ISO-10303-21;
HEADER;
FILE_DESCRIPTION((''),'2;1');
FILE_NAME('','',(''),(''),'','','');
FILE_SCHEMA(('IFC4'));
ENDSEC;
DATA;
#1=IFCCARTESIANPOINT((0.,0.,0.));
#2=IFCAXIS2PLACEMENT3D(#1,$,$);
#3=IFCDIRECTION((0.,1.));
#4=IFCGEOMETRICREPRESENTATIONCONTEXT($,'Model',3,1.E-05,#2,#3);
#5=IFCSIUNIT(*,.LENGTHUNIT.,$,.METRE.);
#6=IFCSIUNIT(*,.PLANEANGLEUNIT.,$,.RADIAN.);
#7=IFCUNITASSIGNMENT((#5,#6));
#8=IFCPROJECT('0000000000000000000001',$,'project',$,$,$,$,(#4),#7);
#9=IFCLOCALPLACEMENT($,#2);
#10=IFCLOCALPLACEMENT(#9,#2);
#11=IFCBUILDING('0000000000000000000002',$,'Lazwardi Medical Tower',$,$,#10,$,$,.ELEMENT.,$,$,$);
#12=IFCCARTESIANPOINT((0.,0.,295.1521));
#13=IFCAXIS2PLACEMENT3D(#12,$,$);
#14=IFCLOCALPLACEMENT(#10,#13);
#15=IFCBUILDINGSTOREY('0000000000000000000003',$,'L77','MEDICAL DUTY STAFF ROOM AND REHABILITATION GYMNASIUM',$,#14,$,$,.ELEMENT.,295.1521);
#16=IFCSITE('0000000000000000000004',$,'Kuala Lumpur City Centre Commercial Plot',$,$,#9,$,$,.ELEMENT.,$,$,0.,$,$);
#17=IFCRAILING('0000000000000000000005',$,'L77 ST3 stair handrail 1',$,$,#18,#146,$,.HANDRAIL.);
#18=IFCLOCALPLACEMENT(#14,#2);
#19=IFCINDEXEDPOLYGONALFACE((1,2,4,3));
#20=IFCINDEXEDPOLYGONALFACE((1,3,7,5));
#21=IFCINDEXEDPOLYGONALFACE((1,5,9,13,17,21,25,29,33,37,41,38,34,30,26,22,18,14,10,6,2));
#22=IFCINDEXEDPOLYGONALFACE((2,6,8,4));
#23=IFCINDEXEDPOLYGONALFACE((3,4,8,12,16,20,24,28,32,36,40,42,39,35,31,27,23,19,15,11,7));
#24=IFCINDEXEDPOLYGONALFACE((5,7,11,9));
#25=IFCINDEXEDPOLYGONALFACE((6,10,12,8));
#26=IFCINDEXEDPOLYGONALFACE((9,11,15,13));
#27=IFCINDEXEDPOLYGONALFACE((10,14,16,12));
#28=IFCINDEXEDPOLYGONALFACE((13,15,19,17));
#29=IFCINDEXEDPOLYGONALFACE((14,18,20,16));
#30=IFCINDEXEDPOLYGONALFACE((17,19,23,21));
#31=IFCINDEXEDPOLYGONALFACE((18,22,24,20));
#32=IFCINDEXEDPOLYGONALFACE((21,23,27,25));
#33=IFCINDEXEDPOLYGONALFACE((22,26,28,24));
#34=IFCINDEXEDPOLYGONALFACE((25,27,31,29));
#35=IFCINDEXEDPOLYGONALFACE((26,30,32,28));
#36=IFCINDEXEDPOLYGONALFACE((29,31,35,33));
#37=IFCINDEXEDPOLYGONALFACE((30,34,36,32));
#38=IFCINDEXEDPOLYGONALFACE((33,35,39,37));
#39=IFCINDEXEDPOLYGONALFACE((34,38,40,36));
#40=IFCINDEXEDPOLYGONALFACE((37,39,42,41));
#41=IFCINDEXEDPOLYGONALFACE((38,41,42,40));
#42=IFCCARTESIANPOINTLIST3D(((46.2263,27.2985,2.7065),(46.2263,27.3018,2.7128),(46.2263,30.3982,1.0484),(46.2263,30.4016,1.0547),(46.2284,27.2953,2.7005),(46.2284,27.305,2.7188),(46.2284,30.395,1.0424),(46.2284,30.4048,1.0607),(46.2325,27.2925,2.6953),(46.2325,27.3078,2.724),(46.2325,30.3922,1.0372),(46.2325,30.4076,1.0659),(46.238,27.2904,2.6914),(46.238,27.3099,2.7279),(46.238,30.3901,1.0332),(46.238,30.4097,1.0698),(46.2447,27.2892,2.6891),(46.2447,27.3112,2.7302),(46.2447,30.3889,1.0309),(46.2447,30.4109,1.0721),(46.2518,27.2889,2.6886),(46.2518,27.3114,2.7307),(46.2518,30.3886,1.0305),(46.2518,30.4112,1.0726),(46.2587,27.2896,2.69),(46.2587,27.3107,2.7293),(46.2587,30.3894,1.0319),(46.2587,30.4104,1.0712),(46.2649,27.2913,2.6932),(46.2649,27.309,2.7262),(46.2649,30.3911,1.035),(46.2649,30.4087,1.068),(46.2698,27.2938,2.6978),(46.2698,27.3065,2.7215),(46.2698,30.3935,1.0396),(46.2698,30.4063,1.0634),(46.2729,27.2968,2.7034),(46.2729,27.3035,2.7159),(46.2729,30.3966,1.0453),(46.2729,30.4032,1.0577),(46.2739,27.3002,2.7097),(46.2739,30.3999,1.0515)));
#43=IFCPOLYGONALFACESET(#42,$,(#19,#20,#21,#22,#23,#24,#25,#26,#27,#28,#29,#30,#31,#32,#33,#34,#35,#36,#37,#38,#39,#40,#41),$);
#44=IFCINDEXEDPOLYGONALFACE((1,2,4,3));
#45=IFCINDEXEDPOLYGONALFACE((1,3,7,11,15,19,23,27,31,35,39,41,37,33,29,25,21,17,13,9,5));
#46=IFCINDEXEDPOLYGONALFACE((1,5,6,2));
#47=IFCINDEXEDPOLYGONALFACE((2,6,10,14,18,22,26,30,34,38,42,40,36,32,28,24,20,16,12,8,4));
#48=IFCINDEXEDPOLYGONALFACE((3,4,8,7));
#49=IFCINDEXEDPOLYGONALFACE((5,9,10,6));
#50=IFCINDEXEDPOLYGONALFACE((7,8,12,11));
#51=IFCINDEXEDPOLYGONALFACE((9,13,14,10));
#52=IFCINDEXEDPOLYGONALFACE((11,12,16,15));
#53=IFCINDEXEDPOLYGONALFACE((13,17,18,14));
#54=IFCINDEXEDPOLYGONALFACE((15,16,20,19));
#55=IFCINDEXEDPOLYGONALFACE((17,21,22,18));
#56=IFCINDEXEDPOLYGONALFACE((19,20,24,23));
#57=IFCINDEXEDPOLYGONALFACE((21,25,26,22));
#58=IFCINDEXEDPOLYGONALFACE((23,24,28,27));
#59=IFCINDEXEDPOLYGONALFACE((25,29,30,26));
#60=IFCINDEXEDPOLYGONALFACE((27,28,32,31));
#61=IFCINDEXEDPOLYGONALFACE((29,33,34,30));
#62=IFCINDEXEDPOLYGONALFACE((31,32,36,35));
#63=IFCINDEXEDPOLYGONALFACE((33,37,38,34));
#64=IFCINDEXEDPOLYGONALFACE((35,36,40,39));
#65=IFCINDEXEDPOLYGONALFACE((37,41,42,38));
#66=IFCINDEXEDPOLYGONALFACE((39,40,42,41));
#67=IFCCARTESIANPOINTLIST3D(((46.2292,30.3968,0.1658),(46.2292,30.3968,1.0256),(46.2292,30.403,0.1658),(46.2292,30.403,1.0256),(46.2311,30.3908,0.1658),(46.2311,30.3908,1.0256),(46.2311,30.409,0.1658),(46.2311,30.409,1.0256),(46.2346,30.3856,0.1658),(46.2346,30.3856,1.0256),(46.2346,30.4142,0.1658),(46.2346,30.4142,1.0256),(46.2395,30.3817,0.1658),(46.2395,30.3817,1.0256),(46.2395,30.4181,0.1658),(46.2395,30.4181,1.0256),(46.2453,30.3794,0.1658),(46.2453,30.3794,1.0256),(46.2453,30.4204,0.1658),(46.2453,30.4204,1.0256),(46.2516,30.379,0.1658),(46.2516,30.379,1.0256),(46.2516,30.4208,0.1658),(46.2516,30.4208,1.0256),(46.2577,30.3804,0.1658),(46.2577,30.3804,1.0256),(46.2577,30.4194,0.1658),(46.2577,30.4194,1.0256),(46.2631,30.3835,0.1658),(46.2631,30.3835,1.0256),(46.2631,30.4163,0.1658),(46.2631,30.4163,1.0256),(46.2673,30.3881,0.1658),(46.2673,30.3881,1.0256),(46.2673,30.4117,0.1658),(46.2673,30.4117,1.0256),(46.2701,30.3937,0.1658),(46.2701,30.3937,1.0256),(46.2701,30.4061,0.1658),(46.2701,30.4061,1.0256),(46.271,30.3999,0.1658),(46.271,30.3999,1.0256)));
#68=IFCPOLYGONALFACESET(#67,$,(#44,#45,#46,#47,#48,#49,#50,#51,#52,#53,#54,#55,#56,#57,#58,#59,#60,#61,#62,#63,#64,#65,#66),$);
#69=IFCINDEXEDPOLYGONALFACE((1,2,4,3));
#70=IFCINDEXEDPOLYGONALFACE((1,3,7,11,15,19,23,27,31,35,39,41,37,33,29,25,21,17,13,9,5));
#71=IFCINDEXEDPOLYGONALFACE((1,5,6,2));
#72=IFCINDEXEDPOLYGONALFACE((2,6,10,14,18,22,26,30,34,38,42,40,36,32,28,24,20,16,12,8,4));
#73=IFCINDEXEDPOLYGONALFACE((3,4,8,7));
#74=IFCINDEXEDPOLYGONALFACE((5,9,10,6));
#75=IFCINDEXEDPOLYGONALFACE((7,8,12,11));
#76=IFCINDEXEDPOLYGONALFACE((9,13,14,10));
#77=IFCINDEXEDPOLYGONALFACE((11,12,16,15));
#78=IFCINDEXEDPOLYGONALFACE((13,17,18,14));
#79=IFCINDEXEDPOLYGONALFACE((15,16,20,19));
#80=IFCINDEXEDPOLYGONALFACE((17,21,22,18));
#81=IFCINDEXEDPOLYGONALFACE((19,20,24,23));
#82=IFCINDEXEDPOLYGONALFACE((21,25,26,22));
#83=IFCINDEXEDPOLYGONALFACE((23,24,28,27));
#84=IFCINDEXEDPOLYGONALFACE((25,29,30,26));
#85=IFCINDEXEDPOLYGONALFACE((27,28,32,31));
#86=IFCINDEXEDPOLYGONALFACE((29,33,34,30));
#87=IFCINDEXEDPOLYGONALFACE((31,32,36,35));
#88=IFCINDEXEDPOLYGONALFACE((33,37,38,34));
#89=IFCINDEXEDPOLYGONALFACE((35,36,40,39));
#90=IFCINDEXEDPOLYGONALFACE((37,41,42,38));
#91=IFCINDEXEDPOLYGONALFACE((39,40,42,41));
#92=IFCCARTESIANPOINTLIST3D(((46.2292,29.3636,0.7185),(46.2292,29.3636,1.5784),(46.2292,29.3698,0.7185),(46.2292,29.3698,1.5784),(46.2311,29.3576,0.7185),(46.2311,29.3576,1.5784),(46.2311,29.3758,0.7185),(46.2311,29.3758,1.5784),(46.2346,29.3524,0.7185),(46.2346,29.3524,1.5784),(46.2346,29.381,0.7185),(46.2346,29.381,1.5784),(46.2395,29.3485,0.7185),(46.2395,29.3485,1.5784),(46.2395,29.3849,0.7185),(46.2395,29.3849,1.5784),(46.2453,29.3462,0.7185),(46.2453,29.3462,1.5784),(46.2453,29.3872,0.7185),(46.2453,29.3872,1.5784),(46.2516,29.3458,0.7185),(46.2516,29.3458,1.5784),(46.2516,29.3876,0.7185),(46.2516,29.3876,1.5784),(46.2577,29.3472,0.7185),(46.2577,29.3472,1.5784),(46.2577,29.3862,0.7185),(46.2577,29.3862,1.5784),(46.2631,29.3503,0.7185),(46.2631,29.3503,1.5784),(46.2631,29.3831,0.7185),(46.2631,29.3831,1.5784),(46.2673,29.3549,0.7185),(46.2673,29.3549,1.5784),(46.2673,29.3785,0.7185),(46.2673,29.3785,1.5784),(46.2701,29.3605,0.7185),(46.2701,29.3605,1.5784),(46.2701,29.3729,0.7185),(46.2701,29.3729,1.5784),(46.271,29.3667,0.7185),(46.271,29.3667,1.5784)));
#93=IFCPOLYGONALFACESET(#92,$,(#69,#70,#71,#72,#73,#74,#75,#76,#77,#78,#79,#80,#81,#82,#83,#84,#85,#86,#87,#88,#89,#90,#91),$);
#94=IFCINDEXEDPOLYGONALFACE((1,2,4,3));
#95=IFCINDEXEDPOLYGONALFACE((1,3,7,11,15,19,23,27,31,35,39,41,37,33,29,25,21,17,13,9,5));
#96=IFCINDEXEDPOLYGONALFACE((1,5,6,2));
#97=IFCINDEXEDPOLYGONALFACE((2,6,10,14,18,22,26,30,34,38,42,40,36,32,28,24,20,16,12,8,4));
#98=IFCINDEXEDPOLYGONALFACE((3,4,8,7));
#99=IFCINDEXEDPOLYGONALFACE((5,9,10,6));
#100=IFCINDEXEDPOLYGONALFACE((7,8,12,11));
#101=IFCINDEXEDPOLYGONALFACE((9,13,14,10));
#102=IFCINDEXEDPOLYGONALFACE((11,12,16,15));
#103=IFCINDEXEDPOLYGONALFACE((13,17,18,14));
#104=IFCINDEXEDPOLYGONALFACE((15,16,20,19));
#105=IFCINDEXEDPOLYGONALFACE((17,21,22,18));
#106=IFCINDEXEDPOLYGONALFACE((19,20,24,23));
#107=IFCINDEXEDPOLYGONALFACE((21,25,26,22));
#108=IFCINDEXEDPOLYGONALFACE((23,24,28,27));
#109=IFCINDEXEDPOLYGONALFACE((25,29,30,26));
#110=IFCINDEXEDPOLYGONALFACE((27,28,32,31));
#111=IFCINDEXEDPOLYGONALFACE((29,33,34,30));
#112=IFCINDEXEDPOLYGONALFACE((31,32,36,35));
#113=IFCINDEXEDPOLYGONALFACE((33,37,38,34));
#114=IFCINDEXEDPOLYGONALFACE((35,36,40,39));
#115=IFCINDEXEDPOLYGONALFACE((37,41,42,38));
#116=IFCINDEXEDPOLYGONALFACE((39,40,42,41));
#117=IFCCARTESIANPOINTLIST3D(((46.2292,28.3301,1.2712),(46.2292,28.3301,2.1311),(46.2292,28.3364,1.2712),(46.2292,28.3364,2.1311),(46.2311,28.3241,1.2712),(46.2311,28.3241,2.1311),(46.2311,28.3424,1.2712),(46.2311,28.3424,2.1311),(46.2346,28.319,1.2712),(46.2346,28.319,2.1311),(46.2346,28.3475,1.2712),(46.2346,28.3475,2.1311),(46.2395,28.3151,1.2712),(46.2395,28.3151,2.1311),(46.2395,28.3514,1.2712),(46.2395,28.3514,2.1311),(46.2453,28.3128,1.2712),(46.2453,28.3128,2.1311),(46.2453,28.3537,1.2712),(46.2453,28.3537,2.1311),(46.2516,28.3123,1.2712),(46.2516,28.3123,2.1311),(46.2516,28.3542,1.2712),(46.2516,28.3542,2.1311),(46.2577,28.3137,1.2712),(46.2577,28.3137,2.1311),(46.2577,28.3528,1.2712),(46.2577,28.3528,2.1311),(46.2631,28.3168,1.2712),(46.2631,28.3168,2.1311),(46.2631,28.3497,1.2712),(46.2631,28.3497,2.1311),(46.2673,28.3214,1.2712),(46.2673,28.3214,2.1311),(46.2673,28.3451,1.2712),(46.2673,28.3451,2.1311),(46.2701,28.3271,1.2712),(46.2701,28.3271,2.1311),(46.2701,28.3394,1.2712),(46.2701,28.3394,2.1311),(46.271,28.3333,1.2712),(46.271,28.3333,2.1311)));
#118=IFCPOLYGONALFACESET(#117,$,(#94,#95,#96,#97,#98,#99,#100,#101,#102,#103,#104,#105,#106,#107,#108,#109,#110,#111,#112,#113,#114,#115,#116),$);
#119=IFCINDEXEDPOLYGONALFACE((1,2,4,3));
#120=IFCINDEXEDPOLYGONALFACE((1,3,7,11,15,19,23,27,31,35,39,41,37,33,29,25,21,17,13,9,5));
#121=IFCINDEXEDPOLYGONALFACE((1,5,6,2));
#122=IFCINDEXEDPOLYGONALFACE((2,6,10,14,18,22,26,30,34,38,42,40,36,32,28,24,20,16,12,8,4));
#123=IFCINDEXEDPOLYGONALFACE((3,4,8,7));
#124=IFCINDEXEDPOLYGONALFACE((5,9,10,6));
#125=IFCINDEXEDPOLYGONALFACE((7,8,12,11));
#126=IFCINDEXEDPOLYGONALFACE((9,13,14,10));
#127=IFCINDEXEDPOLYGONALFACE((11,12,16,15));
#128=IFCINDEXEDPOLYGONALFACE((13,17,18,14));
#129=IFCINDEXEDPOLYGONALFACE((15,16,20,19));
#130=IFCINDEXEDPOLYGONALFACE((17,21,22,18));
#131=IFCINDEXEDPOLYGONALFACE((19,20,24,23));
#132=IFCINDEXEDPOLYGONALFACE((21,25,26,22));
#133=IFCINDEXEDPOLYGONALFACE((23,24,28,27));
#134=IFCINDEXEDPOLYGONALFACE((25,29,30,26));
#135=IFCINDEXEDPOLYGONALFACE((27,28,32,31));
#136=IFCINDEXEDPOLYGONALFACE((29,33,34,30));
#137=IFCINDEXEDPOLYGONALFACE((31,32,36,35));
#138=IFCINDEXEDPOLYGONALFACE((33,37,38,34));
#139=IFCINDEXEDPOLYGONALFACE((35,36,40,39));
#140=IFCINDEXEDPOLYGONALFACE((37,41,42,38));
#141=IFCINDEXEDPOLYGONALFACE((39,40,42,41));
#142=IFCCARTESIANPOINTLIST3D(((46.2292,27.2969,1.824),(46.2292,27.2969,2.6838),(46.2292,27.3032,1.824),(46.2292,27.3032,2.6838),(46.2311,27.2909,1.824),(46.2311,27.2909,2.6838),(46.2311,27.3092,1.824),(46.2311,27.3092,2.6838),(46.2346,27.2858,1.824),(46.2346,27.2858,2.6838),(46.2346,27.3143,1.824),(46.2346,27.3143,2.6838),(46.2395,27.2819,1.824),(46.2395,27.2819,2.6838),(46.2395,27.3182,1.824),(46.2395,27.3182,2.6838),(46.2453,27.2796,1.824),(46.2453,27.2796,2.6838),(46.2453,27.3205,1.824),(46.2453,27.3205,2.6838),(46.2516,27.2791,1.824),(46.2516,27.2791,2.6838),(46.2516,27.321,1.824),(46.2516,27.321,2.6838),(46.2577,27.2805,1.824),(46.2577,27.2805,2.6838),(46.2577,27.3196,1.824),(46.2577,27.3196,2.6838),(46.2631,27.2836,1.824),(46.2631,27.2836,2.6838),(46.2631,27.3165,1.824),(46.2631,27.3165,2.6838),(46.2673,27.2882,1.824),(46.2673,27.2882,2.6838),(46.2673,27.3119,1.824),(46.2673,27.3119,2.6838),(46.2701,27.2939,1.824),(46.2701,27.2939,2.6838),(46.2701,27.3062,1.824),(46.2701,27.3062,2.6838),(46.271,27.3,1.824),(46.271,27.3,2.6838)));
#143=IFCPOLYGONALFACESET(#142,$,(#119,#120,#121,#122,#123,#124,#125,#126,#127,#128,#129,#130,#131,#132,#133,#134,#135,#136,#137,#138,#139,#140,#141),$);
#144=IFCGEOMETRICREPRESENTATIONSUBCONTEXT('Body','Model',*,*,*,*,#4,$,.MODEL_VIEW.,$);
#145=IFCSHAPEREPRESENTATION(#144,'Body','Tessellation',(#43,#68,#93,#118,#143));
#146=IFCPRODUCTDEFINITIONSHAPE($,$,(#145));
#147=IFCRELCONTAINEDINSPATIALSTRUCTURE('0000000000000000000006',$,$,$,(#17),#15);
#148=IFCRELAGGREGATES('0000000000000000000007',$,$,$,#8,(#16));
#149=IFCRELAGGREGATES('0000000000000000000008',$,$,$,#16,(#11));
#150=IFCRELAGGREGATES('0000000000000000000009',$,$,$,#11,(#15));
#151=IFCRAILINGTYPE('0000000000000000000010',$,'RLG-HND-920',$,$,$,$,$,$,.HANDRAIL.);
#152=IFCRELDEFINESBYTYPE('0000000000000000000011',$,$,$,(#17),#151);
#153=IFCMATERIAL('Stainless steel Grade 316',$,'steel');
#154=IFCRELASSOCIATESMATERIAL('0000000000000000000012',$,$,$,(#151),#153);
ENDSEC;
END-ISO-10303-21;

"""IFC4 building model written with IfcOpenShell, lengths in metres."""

from ifc_helpers import new_model, si_unit, direction, frame, origin, origin_2d, place, context, subcontext, project, spatial, circle, extrude, material, type_object, element, save


model = new_model("IFC4")

# Units and contexts
model_context = context("Model", 3, precision=1e-05, world=origin(), true_north=direction((0.0, 1.0)))
body_context = subcontext(model_context, "Body", "Model", "MODEL_VIEW")
ifc_project = project(units=[si_unit("LENGTHUNIT", "METRE"), si_unit("PLANEANGLEUNIT", "RADIAN")], contexts=[model_context])

# Site, building, storey
site_placement = place(None, origin())
site = spatial("IfcSite", under=ifc_project, at=site_placement, Name="Kuala Lumpur City Centre Commercial Plot", CompositionType="ELEMENT", RefElevation=0.0)
building_placement = place(site_placement, origin())
building = spatial("IfcBuilding", under=site, at=building_placement, Name="Lazwardi Medical Tower", CompositionType="ELEMENT")
storey_placement = place(building_placement, frame((0.0, 0.0, 295.1521)))
storey = spatial("IfcBuildingStorey", under=building, at=storey_placement, Name="L77", Description="MEDICAL DUTY STAFF ROOM AND REHABILITATION GYMNASIUM", CompositionType="ELEMENT", Elevation=295.1521)

# Railing
ifc_material_1 = material(Name="Stainless steel Grade 316", Category="steel")
railing_type_1 = type_object("IfcRailingType", Name="RLG-HND-920", PredefinedType="HANDRAIL", material=ifc_material_1)
railing_1_placement = place(storey_placement, frame((46.25, 30.3999, 0.1658)))
element("IfcRailing", 1, at=railing_1_placement, inside=storey, type_object=railing_type_1, Name="L77 ST3 stair handrail 1", PredefinedType="HANDRAIL", context=body_context, shape_type="SweptSolid", body=[
    extrude(circle(Radius=0.0239, at=origin_2d()), frame((0.0, 0.0, 0.8857), z_axis=(0.0, -0.881768, 0.471684), x_axis=(1.0, 0.0, 0.0)), (0.0, 0.0, 1.0), 3.5154),
    extrude(circle(Radius=0.021, at=origin_2d()), origin(), (0.0, 0.0, 1.0), 0.8599),
    extrude(circle(Radius=0.021, at=origin_2d()), frame((0.0, -1.0332, 0.5527)), (0.0, 0.0, 1.0), 0.8599),
    extrude(circle(Radius=0.021, at=origin_2d()), frame((0.0, -2.0667, 1.1055)), (0.0, 0.0, 1.0), 0.8599),
    extrude(circle(Radius=0.021, at=origin_2d()), frame((0.0, -3.0999, 1.6582)), (0.0, 0.0, 1.0), 0.8599),
])

save(model, "model.ifc")
